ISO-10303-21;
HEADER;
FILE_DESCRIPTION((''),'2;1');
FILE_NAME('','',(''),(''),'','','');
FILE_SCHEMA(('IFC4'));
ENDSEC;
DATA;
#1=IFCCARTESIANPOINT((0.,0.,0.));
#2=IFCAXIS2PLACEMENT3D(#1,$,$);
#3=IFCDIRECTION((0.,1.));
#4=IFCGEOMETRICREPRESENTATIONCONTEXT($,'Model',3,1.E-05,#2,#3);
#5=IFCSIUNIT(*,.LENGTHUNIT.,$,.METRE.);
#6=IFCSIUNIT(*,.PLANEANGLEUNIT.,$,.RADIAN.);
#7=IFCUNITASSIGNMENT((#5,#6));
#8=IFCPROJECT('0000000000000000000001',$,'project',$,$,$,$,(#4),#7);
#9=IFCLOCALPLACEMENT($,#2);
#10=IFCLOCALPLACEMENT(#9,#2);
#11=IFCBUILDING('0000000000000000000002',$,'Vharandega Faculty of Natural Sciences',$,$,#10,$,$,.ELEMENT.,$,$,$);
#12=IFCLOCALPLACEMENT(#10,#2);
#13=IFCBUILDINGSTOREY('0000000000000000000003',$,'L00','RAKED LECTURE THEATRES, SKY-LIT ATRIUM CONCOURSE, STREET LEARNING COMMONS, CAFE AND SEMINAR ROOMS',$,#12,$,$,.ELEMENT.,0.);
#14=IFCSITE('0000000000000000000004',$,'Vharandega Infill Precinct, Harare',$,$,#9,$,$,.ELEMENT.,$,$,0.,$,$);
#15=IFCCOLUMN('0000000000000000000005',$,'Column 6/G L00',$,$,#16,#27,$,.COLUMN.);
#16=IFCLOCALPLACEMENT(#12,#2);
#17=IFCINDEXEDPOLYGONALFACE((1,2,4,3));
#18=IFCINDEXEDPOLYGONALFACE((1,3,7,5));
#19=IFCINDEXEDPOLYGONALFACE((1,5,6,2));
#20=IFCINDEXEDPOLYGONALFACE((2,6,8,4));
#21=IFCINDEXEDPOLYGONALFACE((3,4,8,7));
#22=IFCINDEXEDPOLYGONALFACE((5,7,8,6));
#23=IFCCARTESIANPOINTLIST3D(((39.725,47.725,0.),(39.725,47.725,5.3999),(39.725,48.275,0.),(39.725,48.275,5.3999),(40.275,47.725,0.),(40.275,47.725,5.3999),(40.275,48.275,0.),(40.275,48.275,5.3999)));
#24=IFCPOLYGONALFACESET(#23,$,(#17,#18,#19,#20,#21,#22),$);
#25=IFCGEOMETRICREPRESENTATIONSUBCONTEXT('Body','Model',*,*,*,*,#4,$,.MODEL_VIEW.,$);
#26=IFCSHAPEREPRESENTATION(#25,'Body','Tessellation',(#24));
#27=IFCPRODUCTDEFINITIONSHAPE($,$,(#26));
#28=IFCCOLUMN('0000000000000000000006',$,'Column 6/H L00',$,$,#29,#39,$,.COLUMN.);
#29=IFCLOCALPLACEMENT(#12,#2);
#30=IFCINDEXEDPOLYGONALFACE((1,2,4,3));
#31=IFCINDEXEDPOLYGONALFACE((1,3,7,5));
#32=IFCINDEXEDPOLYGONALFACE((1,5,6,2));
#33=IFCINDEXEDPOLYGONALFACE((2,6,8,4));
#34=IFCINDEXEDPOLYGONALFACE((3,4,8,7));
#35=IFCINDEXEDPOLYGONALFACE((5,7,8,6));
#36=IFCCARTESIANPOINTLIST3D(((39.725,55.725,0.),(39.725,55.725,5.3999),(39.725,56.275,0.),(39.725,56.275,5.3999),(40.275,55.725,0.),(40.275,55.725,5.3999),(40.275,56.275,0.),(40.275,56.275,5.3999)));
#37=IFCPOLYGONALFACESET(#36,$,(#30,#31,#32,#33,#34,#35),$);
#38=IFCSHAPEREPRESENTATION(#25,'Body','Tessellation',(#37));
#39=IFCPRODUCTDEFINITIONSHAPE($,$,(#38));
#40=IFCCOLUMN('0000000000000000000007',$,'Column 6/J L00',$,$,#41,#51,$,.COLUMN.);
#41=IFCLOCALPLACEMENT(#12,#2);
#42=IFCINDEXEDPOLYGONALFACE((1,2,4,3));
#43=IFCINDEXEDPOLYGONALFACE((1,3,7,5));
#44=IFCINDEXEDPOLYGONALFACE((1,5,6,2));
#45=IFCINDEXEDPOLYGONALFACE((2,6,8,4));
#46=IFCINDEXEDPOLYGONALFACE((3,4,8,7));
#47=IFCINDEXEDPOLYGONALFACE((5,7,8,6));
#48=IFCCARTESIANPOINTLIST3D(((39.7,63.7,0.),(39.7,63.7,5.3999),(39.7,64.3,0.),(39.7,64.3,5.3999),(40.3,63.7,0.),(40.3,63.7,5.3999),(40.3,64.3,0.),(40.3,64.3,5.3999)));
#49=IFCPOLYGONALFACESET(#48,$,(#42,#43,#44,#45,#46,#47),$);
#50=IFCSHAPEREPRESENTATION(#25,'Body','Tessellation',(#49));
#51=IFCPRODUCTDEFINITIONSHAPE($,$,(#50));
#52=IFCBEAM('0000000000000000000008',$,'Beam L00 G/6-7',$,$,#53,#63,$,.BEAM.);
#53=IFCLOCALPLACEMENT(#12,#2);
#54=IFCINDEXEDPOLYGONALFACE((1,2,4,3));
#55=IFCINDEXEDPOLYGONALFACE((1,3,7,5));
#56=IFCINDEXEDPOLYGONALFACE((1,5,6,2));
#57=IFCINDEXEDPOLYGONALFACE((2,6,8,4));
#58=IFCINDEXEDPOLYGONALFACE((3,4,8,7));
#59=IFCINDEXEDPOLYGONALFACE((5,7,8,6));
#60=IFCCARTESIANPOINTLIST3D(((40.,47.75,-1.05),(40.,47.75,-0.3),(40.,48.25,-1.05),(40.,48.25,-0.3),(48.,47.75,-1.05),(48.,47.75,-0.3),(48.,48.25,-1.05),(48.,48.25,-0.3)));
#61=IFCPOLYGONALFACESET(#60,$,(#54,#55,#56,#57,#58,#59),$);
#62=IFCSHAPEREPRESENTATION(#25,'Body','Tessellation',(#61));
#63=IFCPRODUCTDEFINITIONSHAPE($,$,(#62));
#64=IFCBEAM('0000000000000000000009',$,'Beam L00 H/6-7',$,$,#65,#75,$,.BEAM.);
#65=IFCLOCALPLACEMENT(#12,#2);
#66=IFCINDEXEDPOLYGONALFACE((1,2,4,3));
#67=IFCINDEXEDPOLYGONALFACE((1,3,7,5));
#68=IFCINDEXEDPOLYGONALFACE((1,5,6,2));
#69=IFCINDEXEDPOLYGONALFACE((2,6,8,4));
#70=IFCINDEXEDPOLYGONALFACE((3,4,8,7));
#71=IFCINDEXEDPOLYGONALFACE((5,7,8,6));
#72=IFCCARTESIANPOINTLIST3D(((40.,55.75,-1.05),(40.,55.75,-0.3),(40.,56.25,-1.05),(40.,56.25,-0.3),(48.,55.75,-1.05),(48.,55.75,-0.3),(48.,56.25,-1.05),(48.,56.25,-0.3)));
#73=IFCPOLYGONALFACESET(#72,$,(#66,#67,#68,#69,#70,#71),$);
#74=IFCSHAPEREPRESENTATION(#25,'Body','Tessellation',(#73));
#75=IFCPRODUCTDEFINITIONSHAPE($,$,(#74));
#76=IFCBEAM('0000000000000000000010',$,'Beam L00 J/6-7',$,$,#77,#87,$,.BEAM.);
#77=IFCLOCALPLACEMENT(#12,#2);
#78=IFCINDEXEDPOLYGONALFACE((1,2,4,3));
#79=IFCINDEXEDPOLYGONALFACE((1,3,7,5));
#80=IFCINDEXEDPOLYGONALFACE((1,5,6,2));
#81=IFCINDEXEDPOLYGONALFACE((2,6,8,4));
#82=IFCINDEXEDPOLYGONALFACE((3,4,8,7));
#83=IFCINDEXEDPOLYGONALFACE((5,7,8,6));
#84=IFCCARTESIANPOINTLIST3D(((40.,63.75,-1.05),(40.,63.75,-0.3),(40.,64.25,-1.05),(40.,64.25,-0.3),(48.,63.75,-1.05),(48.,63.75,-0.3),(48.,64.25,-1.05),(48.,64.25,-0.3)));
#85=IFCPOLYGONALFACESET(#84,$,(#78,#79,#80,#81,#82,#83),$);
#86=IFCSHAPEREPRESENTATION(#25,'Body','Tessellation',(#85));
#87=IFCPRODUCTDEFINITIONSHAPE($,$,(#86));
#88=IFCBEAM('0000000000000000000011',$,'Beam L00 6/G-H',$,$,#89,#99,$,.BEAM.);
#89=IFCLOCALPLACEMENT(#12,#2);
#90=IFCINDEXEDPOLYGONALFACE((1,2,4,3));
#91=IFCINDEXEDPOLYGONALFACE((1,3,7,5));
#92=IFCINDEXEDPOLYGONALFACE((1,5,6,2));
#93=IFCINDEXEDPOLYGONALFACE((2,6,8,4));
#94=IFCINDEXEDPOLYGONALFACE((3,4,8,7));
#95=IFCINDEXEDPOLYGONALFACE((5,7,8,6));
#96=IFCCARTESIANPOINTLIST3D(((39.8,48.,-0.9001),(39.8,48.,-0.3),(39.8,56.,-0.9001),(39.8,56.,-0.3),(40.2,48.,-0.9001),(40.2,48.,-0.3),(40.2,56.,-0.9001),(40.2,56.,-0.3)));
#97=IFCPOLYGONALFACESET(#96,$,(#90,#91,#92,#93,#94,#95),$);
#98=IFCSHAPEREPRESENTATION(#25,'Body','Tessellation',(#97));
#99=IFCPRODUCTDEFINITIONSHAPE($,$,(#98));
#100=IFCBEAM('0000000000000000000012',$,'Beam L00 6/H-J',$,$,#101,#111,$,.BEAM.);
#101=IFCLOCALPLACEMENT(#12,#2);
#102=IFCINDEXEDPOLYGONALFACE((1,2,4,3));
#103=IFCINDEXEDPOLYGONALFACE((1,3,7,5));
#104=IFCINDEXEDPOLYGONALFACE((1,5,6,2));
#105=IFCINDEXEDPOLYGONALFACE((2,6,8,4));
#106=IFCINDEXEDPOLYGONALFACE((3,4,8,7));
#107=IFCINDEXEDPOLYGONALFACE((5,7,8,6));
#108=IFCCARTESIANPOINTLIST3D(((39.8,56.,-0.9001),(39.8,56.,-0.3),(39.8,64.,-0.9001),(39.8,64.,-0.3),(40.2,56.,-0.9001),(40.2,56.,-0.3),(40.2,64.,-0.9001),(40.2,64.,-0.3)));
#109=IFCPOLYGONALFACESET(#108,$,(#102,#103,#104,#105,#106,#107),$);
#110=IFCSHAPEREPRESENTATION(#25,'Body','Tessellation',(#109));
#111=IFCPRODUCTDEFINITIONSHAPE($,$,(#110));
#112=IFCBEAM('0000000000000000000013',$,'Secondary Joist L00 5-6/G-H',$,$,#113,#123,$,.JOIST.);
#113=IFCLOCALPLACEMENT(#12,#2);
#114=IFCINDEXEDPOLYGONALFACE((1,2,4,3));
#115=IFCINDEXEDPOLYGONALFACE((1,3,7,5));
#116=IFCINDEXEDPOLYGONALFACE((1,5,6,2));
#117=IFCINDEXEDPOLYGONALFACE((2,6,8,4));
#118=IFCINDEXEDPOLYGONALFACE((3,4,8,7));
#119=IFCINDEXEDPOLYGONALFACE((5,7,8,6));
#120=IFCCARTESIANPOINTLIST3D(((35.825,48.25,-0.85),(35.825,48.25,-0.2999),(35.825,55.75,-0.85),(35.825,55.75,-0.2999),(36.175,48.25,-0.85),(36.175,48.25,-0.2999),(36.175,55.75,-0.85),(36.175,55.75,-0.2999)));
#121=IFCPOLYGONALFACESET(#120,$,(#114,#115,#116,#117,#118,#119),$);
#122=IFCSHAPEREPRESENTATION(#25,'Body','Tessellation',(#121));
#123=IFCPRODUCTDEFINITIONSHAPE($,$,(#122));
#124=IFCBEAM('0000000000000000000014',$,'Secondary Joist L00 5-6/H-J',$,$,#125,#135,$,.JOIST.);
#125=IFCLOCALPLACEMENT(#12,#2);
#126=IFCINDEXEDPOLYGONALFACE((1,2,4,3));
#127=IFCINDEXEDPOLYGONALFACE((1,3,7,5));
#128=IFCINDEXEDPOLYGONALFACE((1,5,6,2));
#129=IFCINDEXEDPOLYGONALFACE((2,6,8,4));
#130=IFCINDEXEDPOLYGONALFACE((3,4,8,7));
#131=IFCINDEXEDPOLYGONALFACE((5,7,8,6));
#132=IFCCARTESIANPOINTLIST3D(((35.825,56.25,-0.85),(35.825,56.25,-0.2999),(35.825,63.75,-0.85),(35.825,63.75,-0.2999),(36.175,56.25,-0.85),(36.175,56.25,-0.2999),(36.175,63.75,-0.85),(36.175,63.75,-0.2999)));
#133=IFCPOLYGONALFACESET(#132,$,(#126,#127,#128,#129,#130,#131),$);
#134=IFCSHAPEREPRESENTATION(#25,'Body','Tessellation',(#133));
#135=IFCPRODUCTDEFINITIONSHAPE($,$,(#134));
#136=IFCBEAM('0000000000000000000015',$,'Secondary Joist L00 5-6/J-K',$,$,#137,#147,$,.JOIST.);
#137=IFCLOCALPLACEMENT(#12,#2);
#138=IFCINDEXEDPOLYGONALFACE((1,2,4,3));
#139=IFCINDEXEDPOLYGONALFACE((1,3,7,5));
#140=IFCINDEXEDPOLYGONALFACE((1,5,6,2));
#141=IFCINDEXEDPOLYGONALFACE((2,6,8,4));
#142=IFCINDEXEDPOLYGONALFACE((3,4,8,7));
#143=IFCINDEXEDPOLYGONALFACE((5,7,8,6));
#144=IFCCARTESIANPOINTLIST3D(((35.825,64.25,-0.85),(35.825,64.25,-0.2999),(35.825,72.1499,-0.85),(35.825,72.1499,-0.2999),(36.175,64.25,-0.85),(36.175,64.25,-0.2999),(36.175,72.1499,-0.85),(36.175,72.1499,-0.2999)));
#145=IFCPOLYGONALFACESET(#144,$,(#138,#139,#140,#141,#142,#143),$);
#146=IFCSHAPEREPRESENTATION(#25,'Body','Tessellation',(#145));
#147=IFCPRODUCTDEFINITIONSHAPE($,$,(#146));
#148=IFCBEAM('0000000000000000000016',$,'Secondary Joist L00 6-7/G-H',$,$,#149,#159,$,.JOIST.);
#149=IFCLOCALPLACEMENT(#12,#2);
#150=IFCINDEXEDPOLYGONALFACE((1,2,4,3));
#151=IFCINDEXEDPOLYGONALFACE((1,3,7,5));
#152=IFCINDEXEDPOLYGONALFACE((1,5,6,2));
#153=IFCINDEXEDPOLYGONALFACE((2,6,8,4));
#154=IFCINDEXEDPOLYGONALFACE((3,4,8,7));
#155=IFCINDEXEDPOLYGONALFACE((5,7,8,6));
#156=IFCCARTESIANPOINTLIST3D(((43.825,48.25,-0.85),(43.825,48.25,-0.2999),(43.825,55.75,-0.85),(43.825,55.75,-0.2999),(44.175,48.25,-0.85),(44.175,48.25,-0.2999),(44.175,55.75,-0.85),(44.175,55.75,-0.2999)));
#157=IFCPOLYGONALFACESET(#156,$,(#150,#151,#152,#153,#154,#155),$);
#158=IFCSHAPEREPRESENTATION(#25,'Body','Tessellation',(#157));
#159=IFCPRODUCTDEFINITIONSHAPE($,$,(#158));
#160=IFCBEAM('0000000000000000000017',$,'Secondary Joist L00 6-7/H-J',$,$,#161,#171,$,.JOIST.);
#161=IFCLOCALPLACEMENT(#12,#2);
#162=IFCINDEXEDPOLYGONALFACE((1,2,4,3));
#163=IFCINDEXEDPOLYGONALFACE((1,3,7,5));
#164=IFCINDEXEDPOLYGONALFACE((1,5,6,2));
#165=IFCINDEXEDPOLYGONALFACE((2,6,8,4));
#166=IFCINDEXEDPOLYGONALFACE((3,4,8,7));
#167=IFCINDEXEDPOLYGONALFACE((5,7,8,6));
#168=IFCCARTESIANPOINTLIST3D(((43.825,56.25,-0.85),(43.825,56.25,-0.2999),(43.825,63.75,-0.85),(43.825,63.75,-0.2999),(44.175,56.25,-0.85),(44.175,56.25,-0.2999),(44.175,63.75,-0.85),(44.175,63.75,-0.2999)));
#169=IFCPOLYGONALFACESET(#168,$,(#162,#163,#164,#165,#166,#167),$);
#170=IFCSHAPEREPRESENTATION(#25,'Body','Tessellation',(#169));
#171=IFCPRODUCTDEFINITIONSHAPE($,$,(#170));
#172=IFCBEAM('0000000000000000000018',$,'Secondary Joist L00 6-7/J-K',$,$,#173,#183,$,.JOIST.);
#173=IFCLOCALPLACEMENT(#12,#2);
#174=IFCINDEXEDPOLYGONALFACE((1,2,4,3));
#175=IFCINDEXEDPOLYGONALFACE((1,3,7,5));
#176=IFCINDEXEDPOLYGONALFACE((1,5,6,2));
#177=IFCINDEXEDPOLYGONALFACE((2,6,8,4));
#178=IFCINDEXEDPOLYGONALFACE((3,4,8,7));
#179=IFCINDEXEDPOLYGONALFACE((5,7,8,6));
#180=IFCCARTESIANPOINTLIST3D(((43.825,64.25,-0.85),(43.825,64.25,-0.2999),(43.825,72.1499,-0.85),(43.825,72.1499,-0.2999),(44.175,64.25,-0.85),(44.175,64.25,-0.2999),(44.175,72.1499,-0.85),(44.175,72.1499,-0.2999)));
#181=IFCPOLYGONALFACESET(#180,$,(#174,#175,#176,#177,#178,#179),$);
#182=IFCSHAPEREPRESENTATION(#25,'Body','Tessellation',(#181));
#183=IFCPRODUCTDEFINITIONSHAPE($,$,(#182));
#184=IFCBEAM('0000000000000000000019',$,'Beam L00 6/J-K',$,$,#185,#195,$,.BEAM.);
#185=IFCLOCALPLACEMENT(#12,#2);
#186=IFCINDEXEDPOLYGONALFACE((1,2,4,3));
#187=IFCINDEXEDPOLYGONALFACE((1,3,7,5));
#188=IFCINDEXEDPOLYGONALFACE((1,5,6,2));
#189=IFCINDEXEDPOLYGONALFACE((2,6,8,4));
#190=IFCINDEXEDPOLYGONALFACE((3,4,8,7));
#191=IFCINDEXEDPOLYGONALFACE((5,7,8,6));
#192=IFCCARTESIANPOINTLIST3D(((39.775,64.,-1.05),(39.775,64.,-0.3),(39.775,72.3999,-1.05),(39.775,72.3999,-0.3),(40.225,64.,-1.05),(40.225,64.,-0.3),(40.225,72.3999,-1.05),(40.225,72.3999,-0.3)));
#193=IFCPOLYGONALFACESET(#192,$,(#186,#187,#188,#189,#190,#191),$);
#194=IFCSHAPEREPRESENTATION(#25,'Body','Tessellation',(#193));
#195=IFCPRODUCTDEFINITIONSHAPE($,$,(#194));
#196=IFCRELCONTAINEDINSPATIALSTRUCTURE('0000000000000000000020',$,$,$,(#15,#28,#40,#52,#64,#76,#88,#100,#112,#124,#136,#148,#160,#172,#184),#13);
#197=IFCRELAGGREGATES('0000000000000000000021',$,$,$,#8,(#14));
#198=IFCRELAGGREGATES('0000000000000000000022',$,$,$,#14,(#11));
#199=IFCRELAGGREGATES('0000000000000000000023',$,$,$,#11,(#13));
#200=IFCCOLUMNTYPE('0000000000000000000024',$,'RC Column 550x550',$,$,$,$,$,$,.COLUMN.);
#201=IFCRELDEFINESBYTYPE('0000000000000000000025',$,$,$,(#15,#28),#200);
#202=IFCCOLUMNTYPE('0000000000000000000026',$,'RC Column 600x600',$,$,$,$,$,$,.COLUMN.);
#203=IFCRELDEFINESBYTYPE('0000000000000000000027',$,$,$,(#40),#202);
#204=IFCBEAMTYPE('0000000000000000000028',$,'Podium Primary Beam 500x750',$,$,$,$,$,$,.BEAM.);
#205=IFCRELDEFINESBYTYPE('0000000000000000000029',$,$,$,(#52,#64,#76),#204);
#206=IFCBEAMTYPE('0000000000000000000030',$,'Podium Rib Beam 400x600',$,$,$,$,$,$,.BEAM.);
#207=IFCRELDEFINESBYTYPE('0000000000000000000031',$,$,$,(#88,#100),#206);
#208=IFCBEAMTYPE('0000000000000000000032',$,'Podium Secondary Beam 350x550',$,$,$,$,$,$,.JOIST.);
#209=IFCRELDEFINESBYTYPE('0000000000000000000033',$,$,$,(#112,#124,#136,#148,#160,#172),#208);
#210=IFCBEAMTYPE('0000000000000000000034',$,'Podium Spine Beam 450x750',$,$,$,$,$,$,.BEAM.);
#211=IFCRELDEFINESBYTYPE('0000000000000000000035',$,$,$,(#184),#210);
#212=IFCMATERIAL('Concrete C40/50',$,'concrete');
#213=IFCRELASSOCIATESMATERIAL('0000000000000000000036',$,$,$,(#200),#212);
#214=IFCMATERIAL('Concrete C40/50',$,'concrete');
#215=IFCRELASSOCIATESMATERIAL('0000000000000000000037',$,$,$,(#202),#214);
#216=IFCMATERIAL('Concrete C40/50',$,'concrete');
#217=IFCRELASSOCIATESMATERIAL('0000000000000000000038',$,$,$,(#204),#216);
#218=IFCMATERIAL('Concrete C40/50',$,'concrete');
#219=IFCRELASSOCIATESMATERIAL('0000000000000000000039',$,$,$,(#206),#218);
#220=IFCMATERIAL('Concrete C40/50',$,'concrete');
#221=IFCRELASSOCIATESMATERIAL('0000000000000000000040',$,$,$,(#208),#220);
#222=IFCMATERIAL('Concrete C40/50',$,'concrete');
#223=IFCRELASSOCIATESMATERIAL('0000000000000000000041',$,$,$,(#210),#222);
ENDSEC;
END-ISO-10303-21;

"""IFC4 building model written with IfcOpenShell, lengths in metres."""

from ifc_helpers import new_model, si_unit, direction, frame, origin, origin_2d, place, context, subcontext, project, spatial, rectangle, extrude, material, material_profile, profile_set, type_object, element, save


model = new_model("IFC4")

# Units and contexts
model_context = context("Model", 3, precision=1e-05, world=origin(), true_north=direction((0.0, 1.0)))
body_context = subcontext(model_context, "Body", "Model", "MODEL_VIEW")
ifc_project = project(units=[si_unit("LENGTHUNIT", "METRE"), si_unit("PLANEANGLEUNIT", "RADIAN")], contexts=[model_context])

# Site, building, storey
site_placement = place(None, origin())
site = spatial("IfcSite", under=ifc_project, at=site_placement, Name="Vharandega Infill Precinct, Harare", CompositionType="ELEMENT", RefElevation=0.0)
building_placement = place(site_placement, origin())
building = spatial("IfcBuilding", under=site, at=building_placement, Name="Vharandega Faculty of Natural Sciences", CompositionType="ELEMENT")
storey_placement = place(building_placement, origin())
storey = spatial("IfcBuildingStorey", under=building, at=storey_placement, Name="L00", Description="RAKED LECTURE THEATRES, SKY-LIT ATRIUM CONCOURSE, STREET LEARNING COMMONS, CAFE AND SEMINAR ROOMS", CompositionType="ELEMENT", Elevation=0.0)

# Columns
ifc_material_1 = material(Name="Concrete C40/50", Category="concrete")
ifc_material_profile_1 = material_profile(ifc_material_1, rectangle(XDim=0.55, YDim=0.55, at=origin_2d()), Name="RC 550x550")
ifc_profile_set_1 = profile_set([ifc_material_profile_1], Name="Concrete C40/50")
column_type_1 = type_object("IfcColumnType", Name="RC Column 550x550", PredefinedType="COLUMN", material=ifc_profile_set_1)
for number, where, z_axis, x_axis, name in (
    (1, (40.0, 48.0, 0.0), (0.0, 0.0, 1.0), (1.0, 0.0, 0.0), "Column 6/G L00"),
    (2, (40.0, 56.0, 0.0), (0.0, 0.0, 1.0), (1.0, 0.0, 0.0), "Column 6/H L00"),
):
    element("IfcColumn", number, at=place(storey_placement, frame(where, z_axis=z_axis, x_axis=x_axis)), inside=storey, type_object=column_type_1, Name=name, PredefinedType="COLUMN", context=body_context, shape_type="SweptSolid", body=[
        extrude(rectangle(XDim=0.55, YDim=0.55, at=origin_2d()), origin(), (0.0, 0.0, 1.0), 5.3999),
    ])
ifc_material_2 = material(Name="Concrete C40/50", Category="concrete")
ifc_material_profile_2 = material_profile(ifc_material_2, rectangle(XDim=0.6001, YDim=0.6001, at=origin_2d()), Name="RC 600x600")
ifc_profile_set_2 = profile_set([ifc_material_profile_2], Name="Concrete C40/50")
column_type_2 = type_object("IfcColumnType", Name="RC Column 600x600", PredefinedType="COLUMN", material=ifc_profile_set_2)
column_placement = place(storey_placement, frame((40.0, 64.0, 0.0), z_axis=(0.0, 0.0, 1.0), x_axis=(1.0, 0.0, 0.0)))
element("IfcColumn", 3, at=column_placement, inside=storey, type_object=column_type_2, Name="Column 6/J L00", PredefinedType="COLUMN", context=body_context, shape_type="SweptSolid", body=[
    extrude(rectangle(XDim=0.6001, YDim=0.6001, at=origin_2d()), origin(), (0.0, 0.0, 1.0), 5.3999),
])

# Beams
ifc_material_3 = material(Name="Concrete C40/50", Category="concrete")
ifc_material_profile_3 = material_profile(ifc_material_3, rectangle(XDim=0.5, YDim=0.75, at=origin_2d()), Name="RC 500x750")
ifc_profile_set_3 = profile_set([ifc_material_profile_3], Name="Concrete C40/50")
beam_type_1 = type_object("IfcBeamType", Name="Podium Primary Beam 500x750", PredefinedType="BEAM", material=ifc_profile_set_3)
for number, where, z_axis, x_axis, name in (
    (4, (40.0, 48.0, -0.675), (1.0, 0.0, 0.0), (0.0, 1.0, 0.0), "Beam L00 G/6-7"),
    (5, (40.0, 56.0, -0.675), (1.0, 0.0, 0.0), (0.0, 1.0, 0.0), "Beam L00 H/6-7"),
    (6, (40.0, 64.0, -0.675), (1.0, 0.0, 0.0), (0.0, 1.0, 0.0), "Beam L00 J/6-7"),
):
    element("IfcBeam", number, at=place(storey_placement, frame(where, z_axis=z_axis, x_axis=x_axis)), inside=storey, type_object=beam_type_1, Name=name, PredefinedType="BEAM", context=body_context, shape_type="SweptSolid", body=[
        extrude(rectangle(XDim=0.5, YDim=0.75, at=origin_2d()), origin(), (0.0, 0.0, 1.0), 8.0),
    ])
ifc_material_4 = material(Name="Concrete C40/50", Category="concrete")
ifc_material_profile_4 = material_profile(ifc_material_4, rectangle(XDim=0.3999, YDim=0.6001, at=origin_2d()), Name="RC 400x600")
ifc_profile_set_4 = profile_set([ifc_material_profile_4], Name="Concrete C40/50")
beam_type_2 = type_object("IfcBeamType", Name="Podium Rib Beam 400x600", PredefinedType="BEAM", material=ifc_profile_set_4)
for number, where, z_axis, x_axis, name in (
    (7, (40.0, 48.0, -0.6001), (0.0, 1.0, 0.0), (-1.0, 0.0, 0.0), "Beam L00 6/G-H"),
    (8, (40.0, 56.0, -0.6001), (0.0, 1.0, 0.0), (-1.0, 0.0, 0.0), "Beam L00 6/H-J"),
):
    element("IfcBeam", number, at=place(storey_placement, frame(where, z_axis=z_axis, x_axis=x_axis)), inside=storey, type_object=beam_type_2, Name=name, PredefinedType="BEAM", context=body_context, shape_type="SweptSolid", body=[
        extrude(rectangle(XDim=0.3999, YDim=0.6001, at=origin_2d()), origin(), (0.0, 0.0, 1.0), 8.0),
    ])
ifc_material_5 = material(Name="Concrete C40/50", Category="concrete")
ifc_material_profile_5 = material_profile(ifc_material_5, rectangle(XDim=0.3501, YDim=0.55, at=origin_2d()), Name="RC 350x550")
ifc_profile_set_5 = profile_set([ifc_material_profile_5], Name="Concrete C40/50")
beam_type_3 = type_object("IfcBeamType", Name="Podium Secondary Beam 350x550", PredefinedType="JOIST", material=ifc_profile_set_5)
for number, where, z_axis, x_axis, name in (
    (9, (36.0, 48.25, -0.575), (0.0, 1.0, 0.0), (-1.0, 0.0, 0.0), "Secondary Joist L00 5-6/G-H"),
    (10, (36.0, 56.25, -0.575), (0.0, 1.0, 0.0), (-1.0, 0.0, 0.0), "Secondary Joist L00 5-6/H-J"),
):
    element("IfcBeam", number, at=place(storey_placement, frame(where, z_axis=z_axis, x_axis=x_axis)), inside=storey, type_object=beam_type_3, Name=name, PredefinedType="JOIST", context=body_context, shape_type="SweptSolid", body=[
        extrude(rectangle(XDim=0.3501, YDim=0.55, at=origin_2d()), origin(), (0.0, 0.0, 1.0), 7.5),
    ])
beam_1_placement = place(storey_placement, frame((36.0, 64.25, -0.575), z_axis=(0.0, 1.0, 0.0), x_axis=(-1.0, 0.0, 0.0)))
element("IfcBeam", 11, at=beam_1_placement, inside=storey, type_object=beam_type_3, Name="Secondary Joist L00 5-6/J-K", PredefinedType="JOIST", context=body_context, shape_type="SweptSolid", body=[
    extrude(rectangle(XDim=0.3501, YDim=0.55, at=origin_2d()), origin(), (0.0, 0.0, 1.0), 7.8999),
])
for number, where, z_axis, x_axis, name in (
    (12, (44.0, 48.25, -0.575), (0.0, 1.0, 0.0), (-1.0, 0.0, 0.0), "Secondary Joist L00 6-7/G-H"),
    (13, (44.0, 56.25, -0.575), (0.0, 1.0, 0.0), (-1.0, 0.0, 0.0), "Secondary Joist L00 6-7/H-J"),
):
    element("IfcBeam", number, at=place(storey_placement, frame(where, z_axis=z_axis, x_axis=x_axis)), inside=storey, type_object=beam_type_3, Name=name, PredefinedType="JOIST", context=body_context, shape_type="SweptSolid", body=[
        extrude(rectangle(XDim=0.3501, YDim=0.55, at=origin_2d()), origin(), (0.0, 0.0, 1.0), 7.5),
    ])
beam_2_placement = place(storey_placement, frame((44.0, 64.25, -0.575), z_axis=(0.0, 1.0, 0.0), x_axis=(-1.0, 0.0, 0.0)))
element("IfcBeam", 14, at=beam_2_placement, inside=storey, type_object=beam_type_3, Name="Secondary Joist L00 6-7/J-K", PredefinedType="JOIST", context=body_context, shape_type="SweptSolid", body=[
    extrude(rectangle(XDim=0.3501, YDim=0.55, at=origin_2d()), origin(), (0.0, 0.0, 1.0), 7.8999),
])
ifc_material_6 = material(Name="Concrete C40/50", Category="concrete")
ifc_material_profile_6 = material_profile(ifc_material_6, rectangle(XDim=0.45, YDim=0.75, at=origin_2d()), Name="RC 450x750")
ifc_profile_set_6 = profile_set([ifc_material_profile_6], Name="Concrete C40/50")
beam_type_4 = type_object("IfcBeamType", Name="Podium Spine Beam 450x750", PredefinedType="BEAM", material=ifc_profile_set_6)
beam_3_placement = place(storey_placement, frame((40.0, 64.0, -0.675), z_axis=(0.0, 1.0, 0.0), x_axis=(-1.0, 0.0, 0.0)))
element("IfcBeam", 15, at=beam_3_placement, inside=storey, type_object=beam_type_4, Name="Beam L00 6/J-K", PredefinedType="BEAM", context=body_context, shape_type="SweptSolid", body=[
    extrude(rectangle(XDim=0.45, YDim=0.75, at=origin_2d()), origin(), (0.0, 0.0, 1.0), 8.3999),
])

save(model, "model.ifc")
